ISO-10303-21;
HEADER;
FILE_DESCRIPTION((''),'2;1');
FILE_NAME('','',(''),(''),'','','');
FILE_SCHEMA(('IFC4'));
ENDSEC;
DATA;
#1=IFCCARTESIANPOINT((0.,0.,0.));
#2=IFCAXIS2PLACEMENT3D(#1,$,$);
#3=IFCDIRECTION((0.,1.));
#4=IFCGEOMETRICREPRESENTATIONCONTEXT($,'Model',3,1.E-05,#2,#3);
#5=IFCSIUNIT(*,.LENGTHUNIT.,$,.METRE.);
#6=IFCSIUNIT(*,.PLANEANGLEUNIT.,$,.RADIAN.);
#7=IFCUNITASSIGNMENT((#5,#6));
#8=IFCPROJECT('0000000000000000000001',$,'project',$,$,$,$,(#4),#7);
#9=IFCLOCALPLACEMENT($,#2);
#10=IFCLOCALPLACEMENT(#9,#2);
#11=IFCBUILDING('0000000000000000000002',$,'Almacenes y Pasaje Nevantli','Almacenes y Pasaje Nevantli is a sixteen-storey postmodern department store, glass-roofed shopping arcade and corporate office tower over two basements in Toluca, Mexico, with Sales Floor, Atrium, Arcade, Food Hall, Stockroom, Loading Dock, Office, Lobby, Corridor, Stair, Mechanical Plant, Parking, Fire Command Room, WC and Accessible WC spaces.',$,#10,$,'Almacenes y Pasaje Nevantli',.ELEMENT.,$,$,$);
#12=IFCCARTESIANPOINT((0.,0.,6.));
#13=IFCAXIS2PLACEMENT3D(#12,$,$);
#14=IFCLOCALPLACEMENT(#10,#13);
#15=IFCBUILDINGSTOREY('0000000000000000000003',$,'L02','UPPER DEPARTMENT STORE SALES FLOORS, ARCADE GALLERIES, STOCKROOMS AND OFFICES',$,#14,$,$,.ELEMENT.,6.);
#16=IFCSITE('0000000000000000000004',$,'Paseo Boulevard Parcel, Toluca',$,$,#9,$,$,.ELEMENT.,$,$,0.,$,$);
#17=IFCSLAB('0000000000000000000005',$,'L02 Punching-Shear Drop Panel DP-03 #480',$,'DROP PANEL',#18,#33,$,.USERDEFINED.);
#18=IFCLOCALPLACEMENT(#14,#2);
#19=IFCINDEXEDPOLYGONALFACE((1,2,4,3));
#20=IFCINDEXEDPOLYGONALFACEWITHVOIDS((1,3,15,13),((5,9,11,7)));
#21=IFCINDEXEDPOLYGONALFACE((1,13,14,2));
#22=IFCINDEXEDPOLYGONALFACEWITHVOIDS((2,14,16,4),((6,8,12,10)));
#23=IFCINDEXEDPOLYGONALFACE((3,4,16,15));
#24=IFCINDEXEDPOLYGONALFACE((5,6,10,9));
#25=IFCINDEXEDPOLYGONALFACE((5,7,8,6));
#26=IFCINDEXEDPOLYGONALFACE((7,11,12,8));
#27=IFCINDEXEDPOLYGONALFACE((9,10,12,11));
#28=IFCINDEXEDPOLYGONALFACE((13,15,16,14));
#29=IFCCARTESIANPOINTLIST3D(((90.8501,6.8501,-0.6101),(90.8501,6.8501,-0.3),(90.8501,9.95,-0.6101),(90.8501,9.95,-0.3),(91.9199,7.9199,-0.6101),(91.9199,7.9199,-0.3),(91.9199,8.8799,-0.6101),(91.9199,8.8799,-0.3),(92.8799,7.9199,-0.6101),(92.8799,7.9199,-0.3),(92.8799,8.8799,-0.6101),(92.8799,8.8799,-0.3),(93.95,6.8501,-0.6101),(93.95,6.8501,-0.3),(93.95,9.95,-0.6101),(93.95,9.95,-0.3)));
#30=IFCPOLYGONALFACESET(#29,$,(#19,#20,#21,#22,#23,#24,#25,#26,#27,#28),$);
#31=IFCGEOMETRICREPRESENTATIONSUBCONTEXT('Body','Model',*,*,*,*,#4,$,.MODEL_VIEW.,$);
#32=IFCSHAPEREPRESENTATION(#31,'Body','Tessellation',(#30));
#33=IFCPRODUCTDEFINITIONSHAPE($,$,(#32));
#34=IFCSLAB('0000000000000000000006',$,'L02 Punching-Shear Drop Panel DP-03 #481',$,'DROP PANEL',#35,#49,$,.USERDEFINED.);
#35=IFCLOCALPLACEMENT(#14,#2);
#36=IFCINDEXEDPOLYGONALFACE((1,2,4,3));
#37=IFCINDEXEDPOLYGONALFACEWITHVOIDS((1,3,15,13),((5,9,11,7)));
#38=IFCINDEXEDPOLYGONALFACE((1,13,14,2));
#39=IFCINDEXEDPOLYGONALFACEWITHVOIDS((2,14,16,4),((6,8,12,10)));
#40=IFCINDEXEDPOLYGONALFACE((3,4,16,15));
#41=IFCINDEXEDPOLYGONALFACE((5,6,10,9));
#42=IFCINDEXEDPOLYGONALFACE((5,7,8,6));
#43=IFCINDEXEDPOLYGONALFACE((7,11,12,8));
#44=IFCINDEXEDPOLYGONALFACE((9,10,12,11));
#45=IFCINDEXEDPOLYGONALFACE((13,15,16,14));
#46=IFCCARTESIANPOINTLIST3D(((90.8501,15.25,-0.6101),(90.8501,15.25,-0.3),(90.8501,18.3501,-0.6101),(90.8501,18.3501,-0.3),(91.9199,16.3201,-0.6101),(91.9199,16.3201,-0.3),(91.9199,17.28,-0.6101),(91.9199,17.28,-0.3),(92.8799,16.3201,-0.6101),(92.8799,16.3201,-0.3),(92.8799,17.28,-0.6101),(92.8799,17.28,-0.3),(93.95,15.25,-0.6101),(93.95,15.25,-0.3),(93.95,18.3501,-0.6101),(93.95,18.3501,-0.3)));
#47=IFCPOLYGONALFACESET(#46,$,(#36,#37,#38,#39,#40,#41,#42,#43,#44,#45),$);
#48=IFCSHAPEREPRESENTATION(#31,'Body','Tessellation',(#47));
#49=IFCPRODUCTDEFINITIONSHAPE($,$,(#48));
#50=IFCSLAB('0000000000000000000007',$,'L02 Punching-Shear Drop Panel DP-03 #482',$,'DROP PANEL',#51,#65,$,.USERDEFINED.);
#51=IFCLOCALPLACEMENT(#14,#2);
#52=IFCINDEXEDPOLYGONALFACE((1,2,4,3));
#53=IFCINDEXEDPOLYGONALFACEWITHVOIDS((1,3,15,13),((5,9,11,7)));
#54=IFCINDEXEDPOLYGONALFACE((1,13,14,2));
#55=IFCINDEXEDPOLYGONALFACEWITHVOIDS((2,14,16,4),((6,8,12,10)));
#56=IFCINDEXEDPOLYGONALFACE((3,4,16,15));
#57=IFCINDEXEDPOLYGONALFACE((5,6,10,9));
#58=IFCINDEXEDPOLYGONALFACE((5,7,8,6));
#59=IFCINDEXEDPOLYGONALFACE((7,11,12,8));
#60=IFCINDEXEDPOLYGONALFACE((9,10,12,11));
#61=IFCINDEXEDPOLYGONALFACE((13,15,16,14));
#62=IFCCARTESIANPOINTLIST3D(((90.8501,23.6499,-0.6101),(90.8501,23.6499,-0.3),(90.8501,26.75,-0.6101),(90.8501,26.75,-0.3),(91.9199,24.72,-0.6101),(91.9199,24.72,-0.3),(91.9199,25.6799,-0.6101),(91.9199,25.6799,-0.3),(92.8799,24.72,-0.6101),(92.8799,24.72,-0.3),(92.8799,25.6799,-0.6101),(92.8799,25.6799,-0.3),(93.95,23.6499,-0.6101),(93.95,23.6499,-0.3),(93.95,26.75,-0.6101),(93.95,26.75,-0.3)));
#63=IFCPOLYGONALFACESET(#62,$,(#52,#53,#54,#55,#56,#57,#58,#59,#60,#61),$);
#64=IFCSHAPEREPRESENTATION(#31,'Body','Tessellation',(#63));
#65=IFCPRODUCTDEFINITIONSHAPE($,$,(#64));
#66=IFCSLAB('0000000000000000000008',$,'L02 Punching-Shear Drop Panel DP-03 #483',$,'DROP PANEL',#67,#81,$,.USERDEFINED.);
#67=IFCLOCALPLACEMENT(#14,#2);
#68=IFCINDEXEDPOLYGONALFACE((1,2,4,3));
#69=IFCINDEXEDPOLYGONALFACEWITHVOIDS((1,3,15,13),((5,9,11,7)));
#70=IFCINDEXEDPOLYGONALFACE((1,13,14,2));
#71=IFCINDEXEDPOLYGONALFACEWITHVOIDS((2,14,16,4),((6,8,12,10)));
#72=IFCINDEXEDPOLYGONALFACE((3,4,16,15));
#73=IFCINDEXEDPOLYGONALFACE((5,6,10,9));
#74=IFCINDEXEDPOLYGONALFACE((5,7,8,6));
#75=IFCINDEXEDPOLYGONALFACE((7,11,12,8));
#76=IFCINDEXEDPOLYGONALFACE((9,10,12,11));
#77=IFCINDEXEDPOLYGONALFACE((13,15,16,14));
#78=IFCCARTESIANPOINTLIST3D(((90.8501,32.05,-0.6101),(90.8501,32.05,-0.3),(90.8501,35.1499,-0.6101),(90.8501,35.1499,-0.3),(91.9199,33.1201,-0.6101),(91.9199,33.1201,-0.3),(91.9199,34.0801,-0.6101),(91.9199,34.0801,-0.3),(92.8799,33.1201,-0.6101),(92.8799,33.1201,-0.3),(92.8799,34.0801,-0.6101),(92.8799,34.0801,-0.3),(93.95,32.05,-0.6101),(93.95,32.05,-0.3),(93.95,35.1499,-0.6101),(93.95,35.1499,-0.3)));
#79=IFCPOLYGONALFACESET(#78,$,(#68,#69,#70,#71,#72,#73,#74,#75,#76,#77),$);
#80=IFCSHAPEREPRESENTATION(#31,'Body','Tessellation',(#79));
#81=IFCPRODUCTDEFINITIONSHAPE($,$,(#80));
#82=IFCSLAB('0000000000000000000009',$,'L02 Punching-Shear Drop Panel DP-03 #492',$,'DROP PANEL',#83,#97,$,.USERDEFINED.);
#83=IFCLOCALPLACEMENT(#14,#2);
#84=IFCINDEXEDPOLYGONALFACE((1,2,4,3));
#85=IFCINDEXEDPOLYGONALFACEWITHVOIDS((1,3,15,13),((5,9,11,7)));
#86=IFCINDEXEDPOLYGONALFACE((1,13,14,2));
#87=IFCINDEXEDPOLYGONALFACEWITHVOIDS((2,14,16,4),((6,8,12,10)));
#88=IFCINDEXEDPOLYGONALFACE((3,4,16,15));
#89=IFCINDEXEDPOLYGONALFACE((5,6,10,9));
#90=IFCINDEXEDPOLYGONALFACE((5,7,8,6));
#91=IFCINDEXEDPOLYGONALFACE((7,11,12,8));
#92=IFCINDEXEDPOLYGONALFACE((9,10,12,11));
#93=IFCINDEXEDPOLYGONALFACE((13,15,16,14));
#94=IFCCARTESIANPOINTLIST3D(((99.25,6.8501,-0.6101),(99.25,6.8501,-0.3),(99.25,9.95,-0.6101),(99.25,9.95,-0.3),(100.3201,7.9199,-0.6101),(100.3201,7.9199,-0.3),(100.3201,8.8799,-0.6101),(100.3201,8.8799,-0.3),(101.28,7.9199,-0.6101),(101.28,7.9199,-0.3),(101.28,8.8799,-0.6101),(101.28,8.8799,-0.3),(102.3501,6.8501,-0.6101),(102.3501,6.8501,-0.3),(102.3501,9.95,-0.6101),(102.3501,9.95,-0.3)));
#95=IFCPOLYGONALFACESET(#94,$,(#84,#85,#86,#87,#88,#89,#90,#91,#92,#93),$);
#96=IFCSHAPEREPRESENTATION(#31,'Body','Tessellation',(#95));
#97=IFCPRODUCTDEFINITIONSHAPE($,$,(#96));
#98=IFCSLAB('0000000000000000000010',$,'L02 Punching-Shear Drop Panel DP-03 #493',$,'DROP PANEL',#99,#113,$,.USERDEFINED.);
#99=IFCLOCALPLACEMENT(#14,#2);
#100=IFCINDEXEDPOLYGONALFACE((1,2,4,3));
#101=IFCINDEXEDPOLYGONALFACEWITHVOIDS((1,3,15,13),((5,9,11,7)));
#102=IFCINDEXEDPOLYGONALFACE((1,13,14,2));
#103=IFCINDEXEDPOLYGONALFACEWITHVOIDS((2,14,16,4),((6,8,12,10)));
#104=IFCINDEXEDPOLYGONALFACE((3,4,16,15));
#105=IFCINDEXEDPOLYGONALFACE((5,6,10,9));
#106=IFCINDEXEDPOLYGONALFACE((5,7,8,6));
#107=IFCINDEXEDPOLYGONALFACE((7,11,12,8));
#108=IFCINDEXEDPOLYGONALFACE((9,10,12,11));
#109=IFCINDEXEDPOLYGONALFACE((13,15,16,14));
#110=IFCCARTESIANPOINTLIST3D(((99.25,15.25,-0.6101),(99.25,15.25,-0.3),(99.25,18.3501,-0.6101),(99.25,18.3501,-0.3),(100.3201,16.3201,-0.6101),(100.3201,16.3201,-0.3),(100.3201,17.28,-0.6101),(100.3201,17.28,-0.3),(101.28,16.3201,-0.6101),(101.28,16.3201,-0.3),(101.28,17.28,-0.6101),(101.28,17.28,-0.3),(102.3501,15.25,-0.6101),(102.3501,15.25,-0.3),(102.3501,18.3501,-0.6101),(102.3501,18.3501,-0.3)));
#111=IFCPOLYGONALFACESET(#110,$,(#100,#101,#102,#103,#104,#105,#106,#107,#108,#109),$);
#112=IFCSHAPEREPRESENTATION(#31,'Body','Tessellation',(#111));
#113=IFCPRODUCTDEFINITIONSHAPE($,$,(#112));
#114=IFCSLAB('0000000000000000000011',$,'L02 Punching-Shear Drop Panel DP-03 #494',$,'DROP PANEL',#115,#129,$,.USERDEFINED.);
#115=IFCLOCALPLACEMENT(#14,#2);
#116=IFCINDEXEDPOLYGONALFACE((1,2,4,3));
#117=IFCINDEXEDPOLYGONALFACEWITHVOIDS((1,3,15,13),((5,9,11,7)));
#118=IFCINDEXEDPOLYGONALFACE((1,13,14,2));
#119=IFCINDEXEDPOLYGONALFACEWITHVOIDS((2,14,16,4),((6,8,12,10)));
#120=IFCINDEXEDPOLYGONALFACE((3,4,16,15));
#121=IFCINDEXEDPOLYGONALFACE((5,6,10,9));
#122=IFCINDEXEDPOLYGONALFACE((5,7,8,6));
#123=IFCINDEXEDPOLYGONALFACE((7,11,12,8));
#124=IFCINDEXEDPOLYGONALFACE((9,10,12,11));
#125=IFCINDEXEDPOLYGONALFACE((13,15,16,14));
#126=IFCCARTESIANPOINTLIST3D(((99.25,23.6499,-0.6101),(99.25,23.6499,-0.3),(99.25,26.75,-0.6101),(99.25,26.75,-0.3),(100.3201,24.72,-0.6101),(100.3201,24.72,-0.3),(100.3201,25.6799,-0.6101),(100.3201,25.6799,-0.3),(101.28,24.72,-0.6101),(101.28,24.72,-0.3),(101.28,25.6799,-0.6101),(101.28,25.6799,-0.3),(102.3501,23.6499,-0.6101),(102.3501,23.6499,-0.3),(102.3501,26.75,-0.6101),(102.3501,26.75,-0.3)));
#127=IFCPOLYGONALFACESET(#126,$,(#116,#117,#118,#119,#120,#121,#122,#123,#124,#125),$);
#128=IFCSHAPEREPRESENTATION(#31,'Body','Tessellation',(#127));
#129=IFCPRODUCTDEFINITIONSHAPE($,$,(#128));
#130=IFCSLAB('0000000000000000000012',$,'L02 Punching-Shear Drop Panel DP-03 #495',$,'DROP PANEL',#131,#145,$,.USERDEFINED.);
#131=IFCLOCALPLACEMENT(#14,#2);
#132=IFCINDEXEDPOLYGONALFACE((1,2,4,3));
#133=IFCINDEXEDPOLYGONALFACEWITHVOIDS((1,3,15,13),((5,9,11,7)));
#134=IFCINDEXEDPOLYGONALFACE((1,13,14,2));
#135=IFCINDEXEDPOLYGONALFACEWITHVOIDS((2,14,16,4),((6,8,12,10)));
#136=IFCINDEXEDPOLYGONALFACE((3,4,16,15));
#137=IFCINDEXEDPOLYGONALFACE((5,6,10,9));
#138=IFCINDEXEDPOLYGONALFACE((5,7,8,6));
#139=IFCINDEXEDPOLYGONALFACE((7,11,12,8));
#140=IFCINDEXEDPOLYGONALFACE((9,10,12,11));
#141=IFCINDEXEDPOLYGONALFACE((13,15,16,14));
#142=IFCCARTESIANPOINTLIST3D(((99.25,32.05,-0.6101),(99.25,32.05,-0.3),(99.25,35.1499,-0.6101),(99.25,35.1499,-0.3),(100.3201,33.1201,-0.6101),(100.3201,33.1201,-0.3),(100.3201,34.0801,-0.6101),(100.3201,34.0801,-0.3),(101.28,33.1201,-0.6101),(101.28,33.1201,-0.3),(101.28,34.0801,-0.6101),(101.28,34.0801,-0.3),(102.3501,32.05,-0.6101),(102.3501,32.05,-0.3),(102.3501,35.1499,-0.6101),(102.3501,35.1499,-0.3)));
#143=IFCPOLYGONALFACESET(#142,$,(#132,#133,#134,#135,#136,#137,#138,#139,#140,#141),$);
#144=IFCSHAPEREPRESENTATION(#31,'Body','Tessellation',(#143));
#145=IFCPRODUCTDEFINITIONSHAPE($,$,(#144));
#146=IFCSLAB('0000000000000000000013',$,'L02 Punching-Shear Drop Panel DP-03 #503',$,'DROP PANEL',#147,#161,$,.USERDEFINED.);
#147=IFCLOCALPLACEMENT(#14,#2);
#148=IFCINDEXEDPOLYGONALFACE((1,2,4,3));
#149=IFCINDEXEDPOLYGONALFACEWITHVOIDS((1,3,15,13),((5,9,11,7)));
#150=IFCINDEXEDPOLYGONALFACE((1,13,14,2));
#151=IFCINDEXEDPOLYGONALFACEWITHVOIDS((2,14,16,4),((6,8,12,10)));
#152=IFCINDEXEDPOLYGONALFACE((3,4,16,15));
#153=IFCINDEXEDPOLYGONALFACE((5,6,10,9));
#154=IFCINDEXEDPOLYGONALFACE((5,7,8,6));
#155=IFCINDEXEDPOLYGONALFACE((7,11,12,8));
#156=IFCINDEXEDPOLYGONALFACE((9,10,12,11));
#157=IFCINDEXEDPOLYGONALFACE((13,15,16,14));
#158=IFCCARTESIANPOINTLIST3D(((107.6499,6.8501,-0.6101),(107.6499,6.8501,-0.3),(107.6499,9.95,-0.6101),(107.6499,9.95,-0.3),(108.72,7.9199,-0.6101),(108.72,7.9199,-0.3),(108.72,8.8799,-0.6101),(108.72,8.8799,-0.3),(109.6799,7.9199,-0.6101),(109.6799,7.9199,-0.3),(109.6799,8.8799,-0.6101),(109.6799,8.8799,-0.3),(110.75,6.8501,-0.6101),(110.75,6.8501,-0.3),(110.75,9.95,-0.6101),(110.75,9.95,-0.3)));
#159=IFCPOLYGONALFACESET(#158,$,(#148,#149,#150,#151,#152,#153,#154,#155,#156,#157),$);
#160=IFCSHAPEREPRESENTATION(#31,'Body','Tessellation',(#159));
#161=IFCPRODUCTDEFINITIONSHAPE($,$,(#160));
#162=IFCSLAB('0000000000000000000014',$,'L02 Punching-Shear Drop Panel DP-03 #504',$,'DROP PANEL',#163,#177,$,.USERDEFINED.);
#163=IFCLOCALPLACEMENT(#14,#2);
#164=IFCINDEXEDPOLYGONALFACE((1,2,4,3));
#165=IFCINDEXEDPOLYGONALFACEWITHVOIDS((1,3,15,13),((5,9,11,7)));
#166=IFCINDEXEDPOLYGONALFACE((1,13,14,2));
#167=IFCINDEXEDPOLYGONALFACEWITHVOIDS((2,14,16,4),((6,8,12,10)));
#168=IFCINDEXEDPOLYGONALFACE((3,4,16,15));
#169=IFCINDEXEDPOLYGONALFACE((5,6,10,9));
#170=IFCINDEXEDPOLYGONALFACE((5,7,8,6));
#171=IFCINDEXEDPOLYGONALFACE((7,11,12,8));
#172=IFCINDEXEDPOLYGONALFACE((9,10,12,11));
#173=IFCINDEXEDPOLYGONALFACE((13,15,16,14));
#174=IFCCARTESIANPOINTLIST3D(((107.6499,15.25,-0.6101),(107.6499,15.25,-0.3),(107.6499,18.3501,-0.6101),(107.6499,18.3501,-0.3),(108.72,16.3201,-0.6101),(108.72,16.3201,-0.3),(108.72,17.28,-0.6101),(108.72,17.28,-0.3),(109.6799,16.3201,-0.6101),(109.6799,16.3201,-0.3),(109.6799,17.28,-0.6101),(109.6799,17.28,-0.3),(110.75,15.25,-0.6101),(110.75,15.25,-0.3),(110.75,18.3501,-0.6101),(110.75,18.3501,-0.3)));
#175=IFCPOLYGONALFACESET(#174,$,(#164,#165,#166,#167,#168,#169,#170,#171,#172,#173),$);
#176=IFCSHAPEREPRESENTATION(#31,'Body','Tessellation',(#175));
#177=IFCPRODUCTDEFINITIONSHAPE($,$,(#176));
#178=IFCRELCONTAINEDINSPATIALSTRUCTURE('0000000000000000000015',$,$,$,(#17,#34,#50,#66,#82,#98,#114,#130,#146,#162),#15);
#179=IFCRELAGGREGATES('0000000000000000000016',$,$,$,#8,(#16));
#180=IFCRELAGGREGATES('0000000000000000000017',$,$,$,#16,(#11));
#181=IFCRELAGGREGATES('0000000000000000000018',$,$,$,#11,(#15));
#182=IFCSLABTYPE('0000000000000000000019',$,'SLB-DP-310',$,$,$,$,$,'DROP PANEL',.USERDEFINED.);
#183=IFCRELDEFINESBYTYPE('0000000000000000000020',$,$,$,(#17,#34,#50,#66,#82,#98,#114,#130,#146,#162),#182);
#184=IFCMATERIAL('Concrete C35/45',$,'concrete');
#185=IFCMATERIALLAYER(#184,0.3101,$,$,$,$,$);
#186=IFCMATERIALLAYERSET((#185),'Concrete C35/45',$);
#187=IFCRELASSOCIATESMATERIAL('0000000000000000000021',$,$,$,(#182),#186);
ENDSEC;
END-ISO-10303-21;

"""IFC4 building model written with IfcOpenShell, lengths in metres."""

from ifc_helpers import new_model, si_unit, direction, frame, origin, place, context, subcontext, project, spatial, polyline, outline, extrude, material, layer, layer_set, type_object, element, save


model = new_model("IFC4")

# Units and contexts
model_context = context("Model", 3, precision=1e-05, world=origin(), true_north=direction((0.0, 1.0)))
body_context = subcontext(model_context, "Body", "Model", "MODEL_VIEW")
ifc_project = project(units=[si_unit("LENGTHUNIT", "METRE"), si_unit("PLANEANGLEUNIT", "RADIAN")], contexts=[model_context])

# Site, building, storey
site_placement = place(None, origin())
site = spatial("IfcSite", under=ifc_project, at=site_placement, Name="Paseo Boulevard Parcel, Toluca", CompositionType="ELEMENT", RefElevation=0.0)
building_placement = place(site_placement, origin())
building = spatial("IfcBuilding", under=site, at=building_placement, Name="Almacenes y Pasaje Nevantli", Description="Almacenes y Pasaje Nevantli is a sixteen-storey postmodern department store, glass-roofed shopping arcade and corporate office tower over two basements in Toluca, Mexico, with Sales Floor, Atrium, Arcade, Food Hall, Stockroom, Loading Dock, Office, Lobby, Corridor, Stair, Mechanical Plant, Parking, Fire Command Room, WC and Accessible WC spaces.", LongName="Almacenes y Pasaje Nevantli", CompositionType="ELEMENT")
storey_placement = place(building_placement, frame((0.0, 0.0, 6.0)))
storey = spatial("IfcBuildingStorey", under=building, at=storey_placement, Name="L02", Description="UPPER DEPARTMENT STORE SALES FLOORS, ARCADE GALLERIES, STOCKROOMS AND OFFICES", CompositionType="ELEMENT", Elevation=6.0)

# Slabs
ifc_material_1 = material(Name="Concrete C35/45", Category="concrete")
ifc_layer_1 = layer(ifc_material_1, 0.3101)
ifc_layer_set_1 = layer_set([ifc_layer_1], Name="Concrete C35/45")
slab_type_1 = type_object("IfcSlabType", Name="SLB-DP-310", ElementType="DROP PANEL", PredefinedType="USERDEFINED", material=ifc_layer_set_1)
slab_1_placement = place(storey_placement, frame((0.0, 0.0, -0.6101)))
element("IfcSlab", 1, at=slab_1_placement, inside=storey, type_object=slab_type_1, Name="L02 Punching-Shear Drop Panel DP-03 #480", ObjectType="DROP PANEL", PredefinedType="USERDEFINED", context=body_context, shape_type="SweptSolid", body=[
    extrude(outline(polyline([(90.8501, 6.8501), (93.95, 6.8501), (93.95, 9.95), (90.8501, 9.95), (90.8501, 6.8501)]), holes=[polyline([(91.9199, 7.9199), (92.8799, 7.9199), (92.8799, 8.8799), (91.9199, 8.8799), (91.9199, 7.9199)])]), origin(), (0.0, 0.0, 1.0), 0.3101),
])
slab_2_placement = place(storey_placement, frame((0.0, 0.0, -0.6101)))
element("IfcSlab", 2, at=slab_2_placement, inside=storey, type_object=slab_type_1, Name="L02 Punching-Shear Drop Panel DP-03 #481", ObjectType="DROP PANEL", PredefinedType="USERDEFINED", context=body_context, shape_type="SweptSolid", body=[
    extrude(outline(polyline([(90.8501, 15.25), (93.95, 15.25), (93.95, 18.3501), (90.8501, 18.3501), (90.8501, 15.25)]), holes=[polyline([(91.9199, 16.3201), (92.8799, 16.3201), (92.8799, 17.28), (91.9199, 17.28), (91.9199, 16.3201)])]), origin(), (0.0, 0.0, 1.0), 0.3101),
])
slab_3_placement = place(storey_placement, frame((0.0, 0.0, -0.6101)))
element("IfcSlab", 3, at=slab_3_placement, inside=storey, type_object=slab_type_1, Name="L02 Punching-Shear Drop Panel DP-03 #482", ObjectType="DROP PANEL", PredefinedType="USERDEFINED", context=body_context, shape_type="SweptSolid", body=[
    extrude(outline(polyline([(90.8501, 23.6499), (93.95, 23.6499), (93.95, 26.75), (90.8501, 26.75), (90.8501, 23.6499)]), holes=[polyline([(91.9199, 24.72), (92.8799, 24.72), (92.8799, 25.6799), (91.9199, 25.6799), (91.9199, 24.72)])]), origin(), (0.0, 0.0, 1.0), 0.3101),
])
slab_4_placement = place(storey_placement, frame((0.0, 0.0, -0.6101)))
element("IfcSlab", 4, at=slab_4_placement, inside=storey, type_object=slab_type_1, Name="L02 Punching-Shear Drop Panel DP-03 #483", ObjectType="DROP PANEL", PredefinedType="USERDEFINED", context=body_context, shape_type="SweptSolid", body=[
    extrude(outline(polyline([(90.8501, 32.05), (93.95, 32.05), (93.95, 35.1499), (90.8501, 35.1499), (90.8501, 32.05)]), holes=[polyline([(91.9199, 33.1201), (92.8799, 33.1201), (92.8799, 34.0801), (91.9199, 34.0801), (91.9199, 33.1201)])]), origin(), (0.0, 0.0, 1.0), 0.3101),
])
slab_5_placement = place(storey_placement, frame((0.0, 0.0, -0.6101)))
element("IfcSlab", 5, at=slab_5_placement, inside=storey, type_object=slab_type_1, Name="L02 Punching-Shear Drop Panel DP-03 #492", ObjectType="DROP PANEL", PredefinedType="USERDEFINED", context=body_context, shape_type="SweptSolid", body=[
    extrude(outline(polyline([(99.25, 6.8501), (102.3501, 6.8501), (102.3501, 9.95), (99.25, 9.95), (99.25, 6.8501)]), holes=[polyline([(100.3201, 7.9199), (101.28, 7.9199), (101.28, 8.8799), (100.3201, 8.8799), (100.3201, 7.9199)])]), origin(), (0.0, 0.0, 1.0), 0.3101),
])
slab_6_placement = place(storey_placement, frame((0.0, 0.0, -0.6101)))
element("IfcSlab", 6, at=slab_6_placement, inside=storey, type_object=slab_type_1, Name="L02 Punching-Shear Drop Panel DP-03 #493", ObjectType="DROP PANEL", PredefinedType="USERDEFINED", context=body_context, shape_type="SweptSolid", body=[
    extrude(outline(polyline([(99.25, 15.25), (102.3501, 15.25), (102.3501, 18.3501), (99.25, 18.3501), (99.25, 15.25)]), holes=[polyline([(100.3201, 16.3201), (101.28, 16.3201), (101.28, 17.28), (100.3201, 17.28), (100.3201, 16.3201)])]), origin(), (0.0, 0.0, 1.0), 0.3101),
])
slab_7_placement = place(storey_placement, frame((0.0, 0.0, -0.6101)))
element("IfcSlab", 7, at=slab_7_placement, inside=storey, type_object=slab_type_1, Name="L02 Punching-Shear Drop Panel DP-03 #494", ObjectType="DROP PANEL", PredefinedType="USERDEFINED", context=body_context, shape_type="SweptSolid", body=[
    extrude(outline(polyline([(99.25, 23.6499), (102.3501, 23.6499), (102.3501, 26.75), (99.25, 26.75), (99.25, 23.6499)]), holes=[polyline([(100.3201, 24.72), (101.28, 24.72), (101.28, 25.6799), (100.3201, 25.6799), (100.3201, 24.72)])]), origin(), (0.0, 0.0, 1.0), 0.3101),
])
slab_8_placement = place(storey_placement, frame((0.0, 0.0, -0.6101)))
element("IfcSlab", 8, at=slab_8_placement, inside=storey, type_object=slab_type_1, Name="L02 Punching-Shear Drop Panel DP-03 #495", ObjectType="DROP PANEL", PredefinedType="USERDEFINED", context=body_context, shape_type="SweptSolid", body=[
    extrude(outline(polyline([(99.25, 32.05), (102.3501, 32.05), (102.3501, 35.1499), (99.25, 35.1499), (99.25, 32.05)]), holes=[polyline([(100.3201, 33.1201), (101.28, 33.1201), (101.28, 34.0801), (100.3201, 34.0801), (100.3201, 33.1201)])]), origin(), (0.0, 0.0, 1.0), 0.3101),
])
slab_9_placement = place(storey_placement, frame((0.0, 0.0, -0.6101)))
element("IfcSlab", 9, at=slab_9_placement, inside=storey, type_object=slab_type_1, Name="L02 Punching-Shear Drop Panel DP-03 #503", ObjectType="DROP PANEL", PredefinedType="USERDEFINED", context=body_context, shape_type="SweptSolid", body=[
    extrude(outline(polyline([(107.6499, 6.8501), (110.75, 6.8501), (110.75, 9.95), (107.6499, 9.95), (107.6499, 6.8501)]), holes=[polyline([(108.72, 7.9199), (109.6799, 7.9199), (109.6799, 8.8799), (108.72, 8.8799), (108.72, 7.9199)])]), origin(), (0.0, 0.0, 1.0), 0.3101),
])
slab_10_placement = place(storey_placement, frame((0.0, 0.0, -0.6101)))
element("IfcSlab", 10, at=slab_10_placement, inside=storey, type_object=slab_type_1, Name="L02 Punching-Shear Drop Panel DP-03 #504", ObjectType="DROP PANEL", PredefinedType="USERDEFINED", context=body_context, shape_type="SweptSolid", body=[
    extrude(outline(polyline([(107.6499, 15.25), (110.75, 15.25), (110.75, 18.3501), (107.6499, 18.3501), (107.6499, 15.25)]), holes=[polyline([(108.72, 16.3201), (109.6799, 16.3201), (109.6799, 17.28), (108.72, 17.28), (108.72, 16.3201)])]), origin(), (0.0, 0.0, 1.0), 0.3101),
])

save(model, "model.ifc")
